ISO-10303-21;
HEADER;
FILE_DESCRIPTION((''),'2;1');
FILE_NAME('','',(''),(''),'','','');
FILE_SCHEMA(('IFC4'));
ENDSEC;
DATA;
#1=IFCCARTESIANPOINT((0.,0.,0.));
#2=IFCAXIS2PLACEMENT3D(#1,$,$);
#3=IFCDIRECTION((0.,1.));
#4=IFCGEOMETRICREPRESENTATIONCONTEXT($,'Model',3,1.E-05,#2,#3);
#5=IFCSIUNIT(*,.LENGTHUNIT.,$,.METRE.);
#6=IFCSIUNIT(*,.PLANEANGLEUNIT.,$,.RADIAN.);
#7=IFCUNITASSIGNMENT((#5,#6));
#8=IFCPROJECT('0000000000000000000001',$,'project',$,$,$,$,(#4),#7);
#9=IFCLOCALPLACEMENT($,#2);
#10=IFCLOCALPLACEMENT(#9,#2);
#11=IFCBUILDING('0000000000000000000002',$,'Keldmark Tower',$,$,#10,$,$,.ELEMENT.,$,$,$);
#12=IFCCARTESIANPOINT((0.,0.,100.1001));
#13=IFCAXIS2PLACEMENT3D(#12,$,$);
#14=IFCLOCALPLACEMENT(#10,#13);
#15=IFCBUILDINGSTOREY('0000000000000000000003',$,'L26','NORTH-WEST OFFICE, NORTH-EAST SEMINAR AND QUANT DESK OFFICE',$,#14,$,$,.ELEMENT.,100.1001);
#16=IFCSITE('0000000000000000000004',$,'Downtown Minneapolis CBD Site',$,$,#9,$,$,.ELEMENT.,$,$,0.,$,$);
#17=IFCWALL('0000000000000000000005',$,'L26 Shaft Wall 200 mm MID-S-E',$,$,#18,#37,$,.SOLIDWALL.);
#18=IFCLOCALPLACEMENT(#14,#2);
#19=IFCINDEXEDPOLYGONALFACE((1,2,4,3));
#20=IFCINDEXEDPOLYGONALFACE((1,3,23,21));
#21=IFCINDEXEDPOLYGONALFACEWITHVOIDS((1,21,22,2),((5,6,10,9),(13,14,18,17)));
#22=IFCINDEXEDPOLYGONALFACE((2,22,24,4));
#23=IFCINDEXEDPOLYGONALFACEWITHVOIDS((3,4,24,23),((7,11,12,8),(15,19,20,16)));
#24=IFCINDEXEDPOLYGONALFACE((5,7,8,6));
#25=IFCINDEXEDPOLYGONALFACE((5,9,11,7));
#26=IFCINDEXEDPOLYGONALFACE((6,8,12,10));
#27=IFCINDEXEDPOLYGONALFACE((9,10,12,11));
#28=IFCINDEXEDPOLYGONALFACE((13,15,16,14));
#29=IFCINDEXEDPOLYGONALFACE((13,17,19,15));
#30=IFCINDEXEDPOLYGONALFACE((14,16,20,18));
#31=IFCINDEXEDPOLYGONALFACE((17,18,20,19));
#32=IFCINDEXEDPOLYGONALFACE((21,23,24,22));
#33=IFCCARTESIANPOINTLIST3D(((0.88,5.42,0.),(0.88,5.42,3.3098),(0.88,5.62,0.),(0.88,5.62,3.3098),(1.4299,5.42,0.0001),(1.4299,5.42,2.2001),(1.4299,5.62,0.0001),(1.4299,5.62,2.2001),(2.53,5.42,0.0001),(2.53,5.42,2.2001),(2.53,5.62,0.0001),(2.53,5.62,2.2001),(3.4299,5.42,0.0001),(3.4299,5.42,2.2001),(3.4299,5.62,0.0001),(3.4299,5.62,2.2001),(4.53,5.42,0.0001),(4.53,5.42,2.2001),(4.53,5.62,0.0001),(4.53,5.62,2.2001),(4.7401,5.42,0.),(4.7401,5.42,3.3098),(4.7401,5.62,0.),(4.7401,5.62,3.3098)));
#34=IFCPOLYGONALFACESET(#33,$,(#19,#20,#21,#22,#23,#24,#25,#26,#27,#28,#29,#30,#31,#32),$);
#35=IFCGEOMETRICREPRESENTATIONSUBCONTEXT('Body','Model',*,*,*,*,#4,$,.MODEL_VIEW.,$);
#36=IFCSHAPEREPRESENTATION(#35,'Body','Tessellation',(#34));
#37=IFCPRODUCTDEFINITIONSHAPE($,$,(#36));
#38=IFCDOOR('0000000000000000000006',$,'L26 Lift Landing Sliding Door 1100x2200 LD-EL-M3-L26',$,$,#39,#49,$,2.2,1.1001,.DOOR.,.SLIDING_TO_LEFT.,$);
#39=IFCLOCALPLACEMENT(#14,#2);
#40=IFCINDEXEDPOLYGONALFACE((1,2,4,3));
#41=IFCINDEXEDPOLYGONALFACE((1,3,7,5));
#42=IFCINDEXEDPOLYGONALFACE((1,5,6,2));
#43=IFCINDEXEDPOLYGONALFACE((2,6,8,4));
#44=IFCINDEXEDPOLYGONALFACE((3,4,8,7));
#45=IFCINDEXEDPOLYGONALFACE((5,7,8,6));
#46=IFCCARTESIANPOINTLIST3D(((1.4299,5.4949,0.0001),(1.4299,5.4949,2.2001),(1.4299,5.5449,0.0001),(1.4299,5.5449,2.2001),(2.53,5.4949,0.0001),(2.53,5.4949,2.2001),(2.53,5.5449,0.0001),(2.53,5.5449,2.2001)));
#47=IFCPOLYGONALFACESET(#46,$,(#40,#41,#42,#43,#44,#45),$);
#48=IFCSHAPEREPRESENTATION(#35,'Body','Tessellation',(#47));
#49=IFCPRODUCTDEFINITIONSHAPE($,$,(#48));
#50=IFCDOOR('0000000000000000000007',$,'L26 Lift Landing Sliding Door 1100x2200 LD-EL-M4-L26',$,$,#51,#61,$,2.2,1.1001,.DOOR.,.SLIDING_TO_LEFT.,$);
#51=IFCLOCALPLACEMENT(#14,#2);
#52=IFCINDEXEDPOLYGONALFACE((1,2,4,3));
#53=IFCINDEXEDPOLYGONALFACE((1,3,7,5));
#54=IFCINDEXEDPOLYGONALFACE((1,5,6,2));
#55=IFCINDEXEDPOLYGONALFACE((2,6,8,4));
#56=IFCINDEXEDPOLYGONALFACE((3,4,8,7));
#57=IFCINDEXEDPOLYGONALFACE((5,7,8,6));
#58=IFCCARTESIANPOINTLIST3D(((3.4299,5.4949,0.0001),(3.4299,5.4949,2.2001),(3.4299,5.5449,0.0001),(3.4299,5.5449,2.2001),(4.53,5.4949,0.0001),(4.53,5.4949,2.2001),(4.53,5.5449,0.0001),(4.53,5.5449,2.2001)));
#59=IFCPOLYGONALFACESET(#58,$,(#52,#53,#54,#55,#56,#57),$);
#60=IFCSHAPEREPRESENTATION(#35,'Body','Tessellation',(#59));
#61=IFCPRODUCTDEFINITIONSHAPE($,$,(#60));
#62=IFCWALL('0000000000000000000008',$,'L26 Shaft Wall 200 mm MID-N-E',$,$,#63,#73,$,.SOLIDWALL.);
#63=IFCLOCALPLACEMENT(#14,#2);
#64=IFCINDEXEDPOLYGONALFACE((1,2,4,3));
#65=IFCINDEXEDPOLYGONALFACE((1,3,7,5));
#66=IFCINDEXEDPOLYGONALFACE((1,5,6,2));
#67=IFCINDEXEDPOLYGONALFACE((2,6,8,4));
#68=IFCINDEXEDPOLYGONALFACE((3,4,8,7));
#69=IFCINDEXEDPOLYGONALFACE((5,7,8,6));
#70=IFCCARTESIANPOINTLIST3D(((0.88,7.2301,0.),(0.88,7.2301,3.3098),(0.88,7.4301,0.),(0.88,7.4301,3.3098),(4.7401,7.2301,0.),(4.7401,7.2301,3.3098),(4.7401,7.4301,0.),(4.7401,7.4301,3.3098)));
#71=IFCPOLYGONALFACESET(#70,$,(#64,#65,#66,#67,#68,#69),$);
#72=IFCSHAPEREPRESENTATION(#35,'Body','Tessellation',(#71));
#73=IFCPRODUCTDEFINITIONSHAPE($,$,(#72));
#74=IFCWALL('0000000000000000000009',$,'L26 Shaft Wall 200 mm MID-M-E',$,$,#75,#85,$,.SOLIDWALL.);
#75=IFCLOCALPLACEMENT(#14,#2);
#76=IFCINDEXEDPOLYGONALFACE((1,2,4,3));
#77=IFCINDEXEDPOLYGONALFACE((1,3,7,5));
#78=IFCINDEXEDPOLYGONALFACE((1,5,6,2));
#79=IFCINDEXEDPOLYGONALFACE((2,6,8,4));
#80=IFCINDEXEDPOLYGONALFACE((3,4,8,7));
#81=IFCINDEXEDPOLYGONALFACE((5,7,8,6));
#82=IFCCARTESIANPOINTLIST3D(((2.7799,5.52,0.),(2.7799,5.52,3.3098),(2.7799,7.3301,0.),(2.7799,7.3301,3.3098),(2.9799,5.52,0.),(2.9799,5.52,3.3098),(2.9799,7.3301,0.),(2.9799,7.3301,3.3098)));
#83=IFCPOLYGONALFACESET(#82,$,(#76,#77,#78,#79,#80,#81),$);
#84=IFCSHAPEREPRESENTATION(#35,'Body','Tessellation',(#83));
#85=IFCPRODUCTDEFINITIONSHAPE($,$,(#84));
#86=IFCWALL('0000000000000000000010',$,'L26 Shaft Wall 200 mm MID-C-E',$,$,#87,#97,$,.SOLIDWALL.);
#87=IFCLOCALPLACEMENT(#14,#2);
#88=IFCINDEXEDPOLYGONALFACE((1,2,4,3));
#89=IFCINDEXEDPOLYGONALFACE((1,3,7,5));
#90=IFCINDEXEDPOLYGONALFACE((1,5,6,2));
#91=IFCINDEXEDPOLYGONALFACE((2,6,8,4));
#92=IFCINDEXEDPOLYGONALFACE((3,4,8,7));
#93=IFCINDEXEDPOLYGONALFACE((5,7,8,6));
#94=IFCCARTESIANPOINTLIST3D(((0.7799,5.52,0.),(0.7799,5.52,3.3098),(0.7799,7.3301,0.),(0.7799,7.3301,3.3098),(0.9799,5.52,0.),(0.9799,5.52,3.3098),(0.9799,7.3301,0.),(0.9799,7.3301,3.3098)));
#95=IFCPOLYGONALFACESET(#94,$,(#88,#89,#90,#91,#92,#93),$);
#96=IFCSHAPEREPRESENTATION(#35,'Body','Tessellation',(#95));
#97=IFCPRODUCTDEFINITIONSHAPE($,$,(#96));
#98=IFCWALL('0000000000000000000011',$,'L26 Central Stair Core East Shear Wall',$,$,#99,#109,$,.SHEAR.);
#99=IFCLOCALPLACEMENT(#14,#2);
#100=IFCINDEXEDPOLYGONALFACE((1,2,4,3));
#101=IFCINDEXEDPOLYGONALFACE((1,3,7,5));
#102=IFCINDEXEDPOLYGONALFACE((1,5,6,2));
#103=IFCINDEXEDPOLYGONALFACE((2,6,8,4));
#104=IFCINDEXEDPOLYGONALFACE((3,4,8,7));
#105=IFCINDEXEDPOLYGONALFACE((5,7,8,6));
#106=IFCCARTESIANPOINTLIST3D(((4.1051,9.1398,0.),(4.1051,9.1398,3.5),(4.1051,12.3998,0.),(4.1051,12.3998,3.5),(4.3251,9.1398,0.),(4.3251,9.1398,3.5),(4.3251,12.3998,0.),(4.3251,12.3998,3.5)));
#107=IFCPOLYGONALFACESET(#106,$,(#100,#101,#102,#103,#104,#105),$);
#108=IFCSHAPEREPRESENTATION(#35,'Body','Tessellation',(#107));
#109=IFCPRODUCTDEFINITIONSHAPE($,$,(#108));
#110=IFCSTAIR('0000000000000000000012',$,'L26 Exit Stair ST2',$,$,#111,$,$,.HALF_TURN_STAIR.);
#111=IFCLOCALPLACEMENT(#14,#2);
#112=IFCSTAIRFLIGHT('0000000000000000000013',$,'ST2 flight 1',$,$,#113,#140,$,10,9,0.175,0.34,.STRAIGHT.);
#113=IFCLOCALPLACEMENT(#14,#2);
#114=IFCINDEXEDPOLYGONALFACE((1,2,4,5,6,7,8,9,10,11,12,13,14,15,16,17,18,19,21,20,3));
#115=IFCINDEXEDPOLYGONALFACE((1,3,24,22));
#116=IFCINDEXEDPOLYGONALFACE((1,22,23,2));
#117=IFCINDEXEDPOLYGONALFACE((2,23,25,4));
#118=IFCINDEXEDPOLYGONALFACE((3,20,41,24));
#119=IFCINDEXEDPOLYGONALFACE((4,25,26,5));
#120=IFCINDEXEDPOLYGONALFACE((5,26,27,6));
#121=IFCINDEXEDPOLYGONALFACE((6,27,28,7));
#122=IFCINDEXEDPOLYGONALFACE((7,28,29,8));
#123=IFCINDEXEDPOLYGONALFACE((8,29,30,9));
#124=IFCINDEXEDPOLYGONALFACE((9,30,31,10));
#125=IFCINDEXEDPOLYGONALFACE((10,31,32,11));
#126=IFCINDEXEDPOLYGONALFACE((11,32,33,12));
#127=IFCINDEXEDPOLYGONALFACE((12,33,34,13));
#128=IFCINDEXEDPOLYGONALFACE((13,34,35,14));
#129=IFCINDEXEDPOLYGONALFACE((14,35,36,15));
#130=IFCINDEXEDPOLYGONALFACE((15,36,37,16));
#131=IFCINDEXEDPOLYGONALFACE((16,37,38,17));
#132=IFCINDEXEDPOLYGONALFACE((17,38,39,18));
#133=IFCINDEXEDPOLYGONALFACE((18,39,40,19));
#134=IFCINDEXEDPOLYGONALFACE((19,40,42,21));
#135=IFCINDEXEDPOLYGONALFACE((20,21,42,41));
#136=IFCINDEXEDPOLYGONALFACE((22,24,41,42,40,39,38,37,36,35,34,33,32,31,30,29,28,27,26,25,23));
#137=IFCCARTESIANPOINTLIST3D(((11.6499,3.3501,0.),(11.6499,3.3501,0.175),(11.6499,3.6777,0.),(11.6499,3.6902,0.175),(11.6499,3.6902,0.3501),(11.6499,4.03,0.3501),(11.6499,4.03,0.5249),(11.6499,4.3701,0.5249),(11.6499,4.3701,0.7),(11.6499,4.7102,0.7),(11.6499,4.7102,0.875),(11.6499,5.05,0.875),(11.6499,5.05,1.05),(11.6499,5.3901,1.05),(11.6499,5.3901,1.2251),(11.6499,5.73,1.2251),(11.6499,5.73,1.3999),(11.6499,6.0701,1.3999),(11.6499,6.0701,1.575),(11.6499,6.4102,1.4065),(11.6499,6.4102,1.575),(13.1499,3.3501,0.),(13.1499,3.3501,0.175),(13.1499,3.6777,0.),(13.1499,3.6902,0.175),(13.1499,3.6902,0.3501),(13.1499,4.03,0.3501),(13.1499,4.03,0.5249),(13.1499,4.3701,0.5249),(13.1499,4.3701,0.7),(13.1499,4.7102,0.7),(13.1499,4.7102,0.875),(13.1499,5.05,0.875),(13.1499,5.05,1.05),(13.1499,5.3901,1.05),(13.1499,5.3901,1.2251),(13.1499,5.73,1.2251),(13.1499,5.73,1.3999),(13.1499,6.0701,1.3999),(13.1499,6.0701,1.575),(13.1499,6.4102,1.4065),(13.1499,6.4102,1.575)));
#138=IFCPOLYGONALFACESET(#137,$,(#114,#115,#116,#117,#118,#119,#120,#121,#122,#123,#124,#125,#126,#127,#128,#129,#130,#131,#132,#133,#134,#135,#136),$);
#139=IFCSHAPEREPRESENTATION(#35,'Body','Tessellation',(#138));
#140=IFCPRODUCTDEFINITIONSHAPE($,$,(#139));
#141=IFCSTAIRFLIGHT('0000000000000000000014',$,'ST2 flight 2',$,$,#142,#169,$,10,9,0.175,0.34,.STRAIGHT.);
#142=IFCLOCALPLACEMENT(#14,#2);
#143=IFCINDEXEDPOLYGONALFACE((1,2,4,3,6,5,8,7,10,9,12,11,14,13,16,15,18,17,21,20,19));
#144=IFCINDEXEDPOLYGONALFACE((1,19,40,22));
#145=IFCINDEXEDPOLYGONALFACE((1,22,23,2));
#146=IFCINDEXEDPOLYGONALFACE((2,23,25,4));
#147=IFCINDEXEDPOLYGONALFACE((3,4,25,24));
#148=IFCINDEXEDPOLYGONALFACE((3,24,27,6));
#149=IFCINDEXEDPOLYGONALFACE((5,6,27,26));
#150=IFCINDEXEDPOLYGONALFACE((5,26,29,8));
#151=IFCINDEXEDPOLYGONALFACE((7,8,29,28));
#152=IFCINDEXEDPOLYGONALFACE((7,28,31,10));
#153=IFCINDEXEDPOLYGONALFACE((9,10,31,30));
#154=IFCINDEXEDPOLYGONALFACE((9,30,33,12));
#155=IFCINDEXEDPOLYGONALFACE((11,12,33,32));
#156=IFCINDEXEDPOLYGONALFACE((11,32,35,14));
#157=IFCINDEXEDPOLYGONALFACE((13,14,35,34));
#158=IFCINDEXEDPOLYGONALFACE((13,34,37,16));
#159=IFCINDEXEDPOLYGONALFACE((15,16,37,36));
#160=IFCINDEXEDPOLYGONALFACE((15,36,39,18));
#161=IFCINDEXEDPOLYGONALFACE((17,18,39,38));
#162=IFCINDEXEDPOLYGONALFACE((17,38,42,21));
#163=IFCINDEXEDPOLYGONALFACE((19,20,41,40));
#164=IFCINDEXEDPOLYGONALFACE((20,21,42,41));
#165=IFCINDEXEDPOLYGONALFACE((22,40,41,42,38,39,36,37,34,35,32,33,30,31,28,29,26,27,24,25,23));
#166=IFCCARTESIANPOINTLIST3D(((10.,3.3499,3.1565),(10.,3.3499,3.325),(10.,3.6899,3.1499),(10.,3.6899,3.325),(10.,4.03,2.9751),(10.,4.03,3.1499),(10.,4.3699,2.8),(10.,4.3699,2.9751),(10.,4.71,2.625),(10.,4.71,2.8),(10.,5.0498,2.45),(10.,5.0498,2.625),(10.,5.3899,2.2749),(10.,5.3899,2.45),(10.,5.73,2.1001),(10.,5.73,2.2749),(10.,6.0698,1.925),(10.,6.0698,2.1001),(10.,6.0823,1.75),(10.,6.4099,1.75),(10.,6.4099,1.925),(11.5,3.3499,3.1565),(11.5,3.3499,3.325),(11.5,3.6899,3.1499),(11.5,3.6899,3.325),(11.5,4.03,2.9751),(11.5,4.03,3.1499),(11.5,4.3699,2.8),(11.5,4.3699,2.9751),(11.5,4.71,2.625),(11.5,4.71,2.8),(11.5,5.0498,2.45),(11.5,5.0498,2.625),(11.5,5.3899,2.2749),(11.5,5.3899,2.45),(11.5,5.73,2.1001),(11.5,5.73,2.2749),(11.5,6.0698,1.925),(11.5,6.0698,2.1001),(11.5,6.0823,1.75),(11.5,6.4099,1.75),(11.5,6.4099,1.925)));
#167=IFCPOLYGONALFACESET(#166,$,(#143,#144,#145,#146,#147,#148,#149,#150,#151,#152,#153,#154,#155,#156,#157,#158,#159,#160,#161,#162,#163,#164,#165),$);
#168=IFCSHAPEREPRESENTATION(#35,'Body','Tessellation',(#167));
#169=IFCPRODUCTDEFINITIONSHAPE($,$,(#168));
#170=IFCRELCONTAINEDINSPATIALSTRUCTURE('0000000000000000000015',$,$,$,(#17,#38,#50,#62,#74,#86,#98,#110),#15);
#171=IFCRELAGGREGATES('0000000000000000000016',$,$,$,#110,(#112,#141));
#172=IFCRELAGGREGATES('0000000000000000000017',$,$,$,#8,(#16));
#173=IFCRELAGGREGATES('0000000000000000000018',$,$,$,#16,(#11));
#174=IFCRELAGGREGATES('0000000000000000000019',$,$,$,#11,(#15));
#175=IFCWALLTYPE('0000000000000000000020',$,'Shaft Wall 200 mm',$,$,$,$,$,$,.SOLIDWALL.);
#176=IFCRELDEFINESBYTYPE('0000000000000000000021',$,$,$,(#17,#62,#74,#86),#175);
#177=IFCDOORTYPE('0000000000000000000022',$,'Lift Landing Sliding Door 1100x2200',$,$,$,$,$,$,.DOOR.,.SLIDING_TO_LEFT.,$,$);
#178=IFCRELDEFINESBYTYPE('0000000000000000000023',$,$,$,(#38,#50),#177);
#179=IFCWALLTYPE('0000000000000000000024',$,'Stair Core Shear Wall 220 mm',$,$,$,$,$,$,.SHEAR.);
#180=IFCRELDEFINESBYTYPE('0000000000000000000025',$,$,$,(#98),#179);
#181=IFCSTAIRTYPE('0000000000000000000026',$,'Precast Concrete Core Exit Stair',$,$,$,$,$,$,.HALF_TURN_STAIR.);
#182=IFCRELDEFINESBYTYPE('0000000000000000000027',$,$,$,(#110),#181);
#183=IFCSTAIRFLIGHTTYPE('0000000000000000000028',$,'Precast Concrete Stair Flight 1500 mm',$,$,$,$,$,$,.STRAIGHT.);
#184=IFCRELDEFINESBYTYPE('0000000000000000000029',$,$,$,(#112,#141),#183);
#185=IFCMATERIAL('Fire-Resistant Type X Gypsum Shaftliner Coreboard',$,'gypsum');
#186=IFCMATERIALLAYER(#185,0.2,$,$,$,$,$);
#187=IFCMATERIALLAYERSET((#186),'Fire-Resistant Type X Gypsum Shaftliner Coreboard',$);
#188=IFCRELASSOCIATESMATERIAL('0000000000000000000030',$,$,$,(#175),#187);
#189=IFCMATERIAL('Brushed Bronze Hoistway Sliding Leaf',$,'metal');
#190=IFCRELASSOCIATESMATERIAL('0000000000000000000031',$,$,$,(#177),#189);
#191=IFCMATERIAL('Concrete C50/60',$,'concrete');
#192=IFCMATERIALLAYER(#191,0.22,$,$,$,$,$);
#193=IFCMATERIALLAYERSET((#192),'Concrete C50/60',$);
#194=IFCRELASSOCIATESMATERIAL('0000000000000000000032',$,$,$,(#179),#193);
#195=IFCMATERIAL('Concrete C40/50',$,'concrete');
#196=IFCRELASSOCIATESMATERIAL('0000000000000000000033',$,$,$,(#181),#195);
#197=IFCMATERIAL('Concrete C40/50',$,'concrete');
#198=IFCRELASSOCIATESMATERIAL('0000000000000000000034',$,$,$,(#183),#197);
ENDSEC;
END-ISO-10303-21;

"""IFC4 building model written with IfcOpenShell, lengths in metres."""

from ifc_helpers import new_model, si_unit, direction, frame, frame_2d, origin, place, context, subcontext, project, spatial, polyline, rectangle, outline, extrude, material, layer, layer_set, type_object, element, fill, aggregate, save


model = new_model("IFC4")

# Units and contexts
model_context = context("Model", 3, precision=1e-05, world=origin(), true_north=direction((0.0, 1.0)))
body_context = subcontext(model_context, "Body", "Model", "MODEL_VIEW")
ifc_project = project(units=[si_unit("LENGTHUNIT", "METRE"), si_unit("PLANEANGLEUNIT", "RADIAN")], contexts=[model_context])

# Site, building, storey
site_placement = place(None, origin())
site = spatial("IfcSite", under=ifc_project, at=site_placement, Name="Downtown Minneapolis CBD Site", CompositionType="ELEMENT", RefElevation=0.0)
building_placement = place(site_placement, origin())
building = spatial("IfcBuilding", under=site, at=building_placement, Name="Keldmark Tower", CompositionType="ELEMENT")
storey_placement = place(building_placement, frame((0.0, 0.0, 100.1001)))
storey = spatial("IfcBuildingStorey", under=building, at=storey_placement, Name="L26", Description="NORTH-WEST OFFICE, NORTH-EAST SEMINAR AND QUANT DESK OFFICE", CompositionType="ELEMENT", Elevation=100.1001)

# Shared definitions
ifc_material_1 = material(Name="Fire-Resistant Type X Gypsum Shaftliner Coreboard", Category="gypsum")
ifc_layer_1 = layer(ifc_material_1, 0.2)
ifc_layer_set_1 = layer_set([ifc_layer_1], Name="Fire-Resistant Type X Gypsum Shaftliner Coreboard")
wall_type_1 = type_object("IfcWallType", Name="Shaft Wall 200 mm", PredefinedType="SOLIDWALL", material=ifc_layer_set_1)

# Wall, openings, doors
wall_1_placement = place(storey_placement, frame((0.8799, 5.52, 0.0), z_axis=(0.0, 0.0, 1.0), x_axis=(1.0, 0.0, 0.0)))
wall_1 = element("IfcWall", 1, at=wall_1_placement, inside=storey, type_object=wall_type_1, Name="L26 Shaft Wall 200 mm MID-S-E", PredefinedType="SOLIDWALL", context=body_context, shape_type="SweptSolid", body=[
    extrude(rectangle(XDim=3.8601, YDim=0.2, at=frame_2d((1.9302, 0.0))), origin(), (0.0, 0.0, 1.0), 3.3098),
])
opening_1_placement = place(wall_1_placement, frame((0.55, 0.0, 0.0)))
opening_1 = element("IfcOpeningElement", 2, at=opening_1_placement, cuts=wall_1, PredefinedType="OPENING", context=body_context, shape_type="SweptSolid", body=[
    extrude(rectangle(XDim=1.1001, YDim=2.2, at=frame_2d((0.55, 1.1001))), frame((0.0, 0.1099, 0.0), z_axis=(0.0, -1.0, 0.0), x_axis=(1.0, 0.0, 0.0)), (0.0, 0.0, 1.0), 0.22),
])
opening_2_placement = place(wall_1_placement, frame((2.55, 0.0, 0.0)))
opening_2 = element("IfcOpeningElement", 3, at=opening_2_placement, cuts=wall_1, PredefinedType="OPENING", context=body_context, shape_type="SweptSolid", body=[
    extrude(rectangle(XDim=1.1001, YDim=2.2, at=frame_2d((0.55, 1.1001))), frame((0.0, 0.1099, 0.0), z_axis=(0.0, -1.0, 0.0), x_axis=(1.0, 0.0, 0.0)), (0.0, 0.0, 1.0), 0.22),
])
ifc_material_2 = material(Name="Brushed Bronze Hoistway Sliding Leaf", Category="metal")
door_type_1 = type_object("IfcDoorType", Name="Lift Landing Sliding Door 1100x2200", OperationType="SLIDING_TO_LEFT", PredefinedType="DOOR", material=ifc_material_2)
door_1_placement = place(opening_1_placement, origin())
door_1 = element("IfcDoor", 4, at=door_1_placement, inside=storey, type_object=door_type_1, Name="L26 Lift Landing Sliding Door 1100x2200 LD-EL-M3-L26", OperationType="SLIDING_TO_LEFT", OverallHeight=2.2, OverallWidth=1.1001, PredefinedType="DOOR", context=body_context, shape_type="SweptSolid", body=[
    extrude(rectangle(XDim=1.1001, YDim=2.2, at=frame_2d((0.55, 1.1001))), frame((0.0, 0.0249, 0.0), z_axis=(0.0, -1.0, 0.0), x_axis=(1.0, 0.0, 0.0)), (0.0, 0.0, 1.0), 0.05),
])
fill(opening_1, door_1)
door_2_placement = place(opening_2_placement, origin())
door_2 = element("IfcDoor", 5, at=door_2_placement, inside=storey, type_object=door_type_1, Name="L26 Lift Landing Sliding Door 1100x2200 LD-EL-M4-L26", OperationType="SLIDING_TO_LEFT", OverallHeight=2.2, OverallWidth=1.1001, PredefinedType="DOOR", context=body_context, shape_type="SweptSolid", body=[
    extrude(rectangle(XDim=1.1001, YDim=2.2, at=frame_2d((0.55, 1.1001))), frame((0.0, 0.0249, 0.0), z_axis=(0.0, -1.0, 0.0), x_axis=(1.0, 0.0, 0.0)), (0.0, 0.0, 1.0), 0.05),
])
fill(opening_2, door_2)

# Walls
wall_2_placement = place(storey_placement, frame((0.8799, 7.3301, 0.0), z_axis=(0.0, 0.0, 1.0), x_axis=(1.0, 0.0, 0.0)))
element("IfcWall", 6, at=wall_2_placement, inside=storey, type_object=wall_type_1, Name="L26 Shaft Wall 200 mm MID-N-E", PredefinedType="SOLIDWALL", context=body_context, shape_type="SweptSolid", body=[
    extrude(rectangle(XDim=3.8601, YDim=0.2, at=frame_2d((1.9302, 0.0))), origin(), (0.0, 0.0, 1.0), 3.3098),
])
for number, where, z_axis, x_axis, name in (
    (7, (2.8799, 5.52, 0.0), (0.0, 0.0, 1.0), (0.0, 1.0, 0.0), "L26 Shaft Wall 200 mm MID-M-E"),
    (8, (0.8799, 5.52, 0.0), (0.0, 0.0, 1.0), (0.0, 1.0, 0.0), "L26 Shaft Wall 200 mm MID-C-E"),
):
    element("IfcWall", number, at=place(storey_placement, frame(where, z_axis=z_axis, x_axis=x_axis)), inside=storey, type_object=wall_type_1, Name=name, PredefinedType="SOLIDWALL", context=body_context, shape_type="SweptSolid", body=[
        extrude(rectangle(XDim=1.8101, YDim=0.2, at=frame_2d((0.905, 0.0))), origin(), (0.0, 0.0, 1.0), 3.3098),
    ])
ifc_material_3 = material(Name="Concrete C50/60", Category="concrete")
ifc_layer_2 = layer(ifc_material_3, 0.22)
ifc_layer_set_2 = layer_set([ifc_layer_2], Name="Concrete C50/60")
wall_type_2 = type_object("IfcWallType", Name="Stair Core Shear Wall 220 mm", PredefinedType="SHEAR", material=ifc_layer_set_2)
wall_3_placement = place(storey_placement, frame((4.2151, 9.1399, 0.0), z_axis=(0.0, 0.0, 1.0), x_axis=(0.0, 1.0, 0.0)))
element("IfcWall", 9, at=wall_3_placement, inside=storey, type_object=wall_type_2, Name="L26 Central Stair Core East Shear Wall", PredefinedType="SHEAR", context=body_context, shape_type="SweptSolid", body=[
    extrude(rectangle(XDim=3.26, YDim=0.22, at=frame_2d((1.6299, 0.0))), origin(), (0.0, 0.0, 1.0), 3.5),
])

# Stair, stair flights
ifc_material_4 = material(Name="Concrete C40/50", Category="concrete")
stair_type = type_object("IfcStairType", Name="Precast Concrete Core Exit Stair", PredefinedType="HALF_TURN_STAIR", material=ifc_material_4)
stair_placement = place(storey_placement, origin())
stair = element("IfcStair", 10, at=stair_placement, inside=storey, type_object=stair_type, Name="L26 Exit Stair ST2", PredefinedType="HALF_TURN_STAIR")
ifc_material_5 = material(Name="Concrete C40/50", Category="concrete")
stair_flight_type = type_object("IfcStairFlightType", Name="Precast Concrete Stair Flight 1500 mm", PredefinedType="STRAIGHT", material=ifc_material_5)
stair_flight_1_placement = place(storey_placement, frame((12.3999, 3.3501, 0.0), z_axis=(0.0, 0.0, 1.0), x_axis=(0.0, 1.0, 0.0)))
stair_flight_1 = element("IfcStairFlight", 11, at=stair_flight_1_placement, type_object=stair_flight_type, Name="ST2 flight 1", NumberOfRisers=10, NumberOfTreads=9, PredefinedType="STRAIGHT", RiserHeight=0.175, TreadLength=0.34, context=body_context, shape_type="SweptSolid", body=[
    extrude(outline(polyline([(0.0, 0.0), (0.0, 0.175), (0.3401, 0.175), (0.3401, 0.3501), (0.6799, 0.3501), (0.6799, 0.5249), (1.02, 0.5249), (1.02, 0.7), (1.3601, 0.7), (1.3601, 0.875), (1.7, 0.875), (1.7, 1.05), (2.04, 1.05), (2.04, 1.2251), (2.3799, 1.2251), (2.3799, 1.3999), (2.72, 1.3999), (2.72, 1.575), (3.0601, 1.575), (3.0601, 1.75), (3.0601, 1.4065), (0.3276, 0.0), (0.0, 0.0)])), frame((0.0, 0.75, 0.0), z_axis=(0.0, -1.0, 0.0), x_axis=(1.0, 0.0, 0.0)), (0.0, 0.0, 1.0), 1.5),
])
stair_flight_2_placement = place(storey_placement, frame((10.75, 6.4099, 1.75), z_axis=(0.0, 0.0, 1.0), x_axis=(0.0, -1.0, 0.0)))
stair_flight_2 = element("IfcStairFlight", 12, at=stair_flight_2_placement, type_object=stair_flight_type, Name="ST2 flight 2", NumberOfRisers=10, NumberOfTreads=9, PredefinedType="STRAIGHT", RiserHeight=0.175, TreadLength=0.34, context=body_context, shape_type="SweptSolid", body=[
    extrude(outline(polyline([(0.0, 0.0), (0.0, 0.175), (0.3401, 0.175), (0.3401, 0.3501), (0.6799, 0.3501), (0.6799, 0.5249), (1.02, 0.5249), (1.02, 0.7), (1.3601, 0.7), (1.3601, 0.875), (1.7, 0.875), (1.7, 1.05), (2.04, 1.05), (2.04, 1.2251), (2.3799, 1.2251), (2.3799, 1.3999), (2.72, 1.3999), (2.72, 1.575), (3.0601, 1.575), (3.0601, 1.75), (3.0601, 1.4065), (0.3276, 0.0), (0.0, 0.0)])), frame((0.0, 0.75, 0.0), z_axis=(0.0, -1.0, 0.0), x_axis=(1.0, 0.0, 0.0)), (0.0, 0.0, 1.0), 1.5),
])
aggregate(stair, [stair_flight_1, stair_flight_2])

save(model, "model.ifc")
